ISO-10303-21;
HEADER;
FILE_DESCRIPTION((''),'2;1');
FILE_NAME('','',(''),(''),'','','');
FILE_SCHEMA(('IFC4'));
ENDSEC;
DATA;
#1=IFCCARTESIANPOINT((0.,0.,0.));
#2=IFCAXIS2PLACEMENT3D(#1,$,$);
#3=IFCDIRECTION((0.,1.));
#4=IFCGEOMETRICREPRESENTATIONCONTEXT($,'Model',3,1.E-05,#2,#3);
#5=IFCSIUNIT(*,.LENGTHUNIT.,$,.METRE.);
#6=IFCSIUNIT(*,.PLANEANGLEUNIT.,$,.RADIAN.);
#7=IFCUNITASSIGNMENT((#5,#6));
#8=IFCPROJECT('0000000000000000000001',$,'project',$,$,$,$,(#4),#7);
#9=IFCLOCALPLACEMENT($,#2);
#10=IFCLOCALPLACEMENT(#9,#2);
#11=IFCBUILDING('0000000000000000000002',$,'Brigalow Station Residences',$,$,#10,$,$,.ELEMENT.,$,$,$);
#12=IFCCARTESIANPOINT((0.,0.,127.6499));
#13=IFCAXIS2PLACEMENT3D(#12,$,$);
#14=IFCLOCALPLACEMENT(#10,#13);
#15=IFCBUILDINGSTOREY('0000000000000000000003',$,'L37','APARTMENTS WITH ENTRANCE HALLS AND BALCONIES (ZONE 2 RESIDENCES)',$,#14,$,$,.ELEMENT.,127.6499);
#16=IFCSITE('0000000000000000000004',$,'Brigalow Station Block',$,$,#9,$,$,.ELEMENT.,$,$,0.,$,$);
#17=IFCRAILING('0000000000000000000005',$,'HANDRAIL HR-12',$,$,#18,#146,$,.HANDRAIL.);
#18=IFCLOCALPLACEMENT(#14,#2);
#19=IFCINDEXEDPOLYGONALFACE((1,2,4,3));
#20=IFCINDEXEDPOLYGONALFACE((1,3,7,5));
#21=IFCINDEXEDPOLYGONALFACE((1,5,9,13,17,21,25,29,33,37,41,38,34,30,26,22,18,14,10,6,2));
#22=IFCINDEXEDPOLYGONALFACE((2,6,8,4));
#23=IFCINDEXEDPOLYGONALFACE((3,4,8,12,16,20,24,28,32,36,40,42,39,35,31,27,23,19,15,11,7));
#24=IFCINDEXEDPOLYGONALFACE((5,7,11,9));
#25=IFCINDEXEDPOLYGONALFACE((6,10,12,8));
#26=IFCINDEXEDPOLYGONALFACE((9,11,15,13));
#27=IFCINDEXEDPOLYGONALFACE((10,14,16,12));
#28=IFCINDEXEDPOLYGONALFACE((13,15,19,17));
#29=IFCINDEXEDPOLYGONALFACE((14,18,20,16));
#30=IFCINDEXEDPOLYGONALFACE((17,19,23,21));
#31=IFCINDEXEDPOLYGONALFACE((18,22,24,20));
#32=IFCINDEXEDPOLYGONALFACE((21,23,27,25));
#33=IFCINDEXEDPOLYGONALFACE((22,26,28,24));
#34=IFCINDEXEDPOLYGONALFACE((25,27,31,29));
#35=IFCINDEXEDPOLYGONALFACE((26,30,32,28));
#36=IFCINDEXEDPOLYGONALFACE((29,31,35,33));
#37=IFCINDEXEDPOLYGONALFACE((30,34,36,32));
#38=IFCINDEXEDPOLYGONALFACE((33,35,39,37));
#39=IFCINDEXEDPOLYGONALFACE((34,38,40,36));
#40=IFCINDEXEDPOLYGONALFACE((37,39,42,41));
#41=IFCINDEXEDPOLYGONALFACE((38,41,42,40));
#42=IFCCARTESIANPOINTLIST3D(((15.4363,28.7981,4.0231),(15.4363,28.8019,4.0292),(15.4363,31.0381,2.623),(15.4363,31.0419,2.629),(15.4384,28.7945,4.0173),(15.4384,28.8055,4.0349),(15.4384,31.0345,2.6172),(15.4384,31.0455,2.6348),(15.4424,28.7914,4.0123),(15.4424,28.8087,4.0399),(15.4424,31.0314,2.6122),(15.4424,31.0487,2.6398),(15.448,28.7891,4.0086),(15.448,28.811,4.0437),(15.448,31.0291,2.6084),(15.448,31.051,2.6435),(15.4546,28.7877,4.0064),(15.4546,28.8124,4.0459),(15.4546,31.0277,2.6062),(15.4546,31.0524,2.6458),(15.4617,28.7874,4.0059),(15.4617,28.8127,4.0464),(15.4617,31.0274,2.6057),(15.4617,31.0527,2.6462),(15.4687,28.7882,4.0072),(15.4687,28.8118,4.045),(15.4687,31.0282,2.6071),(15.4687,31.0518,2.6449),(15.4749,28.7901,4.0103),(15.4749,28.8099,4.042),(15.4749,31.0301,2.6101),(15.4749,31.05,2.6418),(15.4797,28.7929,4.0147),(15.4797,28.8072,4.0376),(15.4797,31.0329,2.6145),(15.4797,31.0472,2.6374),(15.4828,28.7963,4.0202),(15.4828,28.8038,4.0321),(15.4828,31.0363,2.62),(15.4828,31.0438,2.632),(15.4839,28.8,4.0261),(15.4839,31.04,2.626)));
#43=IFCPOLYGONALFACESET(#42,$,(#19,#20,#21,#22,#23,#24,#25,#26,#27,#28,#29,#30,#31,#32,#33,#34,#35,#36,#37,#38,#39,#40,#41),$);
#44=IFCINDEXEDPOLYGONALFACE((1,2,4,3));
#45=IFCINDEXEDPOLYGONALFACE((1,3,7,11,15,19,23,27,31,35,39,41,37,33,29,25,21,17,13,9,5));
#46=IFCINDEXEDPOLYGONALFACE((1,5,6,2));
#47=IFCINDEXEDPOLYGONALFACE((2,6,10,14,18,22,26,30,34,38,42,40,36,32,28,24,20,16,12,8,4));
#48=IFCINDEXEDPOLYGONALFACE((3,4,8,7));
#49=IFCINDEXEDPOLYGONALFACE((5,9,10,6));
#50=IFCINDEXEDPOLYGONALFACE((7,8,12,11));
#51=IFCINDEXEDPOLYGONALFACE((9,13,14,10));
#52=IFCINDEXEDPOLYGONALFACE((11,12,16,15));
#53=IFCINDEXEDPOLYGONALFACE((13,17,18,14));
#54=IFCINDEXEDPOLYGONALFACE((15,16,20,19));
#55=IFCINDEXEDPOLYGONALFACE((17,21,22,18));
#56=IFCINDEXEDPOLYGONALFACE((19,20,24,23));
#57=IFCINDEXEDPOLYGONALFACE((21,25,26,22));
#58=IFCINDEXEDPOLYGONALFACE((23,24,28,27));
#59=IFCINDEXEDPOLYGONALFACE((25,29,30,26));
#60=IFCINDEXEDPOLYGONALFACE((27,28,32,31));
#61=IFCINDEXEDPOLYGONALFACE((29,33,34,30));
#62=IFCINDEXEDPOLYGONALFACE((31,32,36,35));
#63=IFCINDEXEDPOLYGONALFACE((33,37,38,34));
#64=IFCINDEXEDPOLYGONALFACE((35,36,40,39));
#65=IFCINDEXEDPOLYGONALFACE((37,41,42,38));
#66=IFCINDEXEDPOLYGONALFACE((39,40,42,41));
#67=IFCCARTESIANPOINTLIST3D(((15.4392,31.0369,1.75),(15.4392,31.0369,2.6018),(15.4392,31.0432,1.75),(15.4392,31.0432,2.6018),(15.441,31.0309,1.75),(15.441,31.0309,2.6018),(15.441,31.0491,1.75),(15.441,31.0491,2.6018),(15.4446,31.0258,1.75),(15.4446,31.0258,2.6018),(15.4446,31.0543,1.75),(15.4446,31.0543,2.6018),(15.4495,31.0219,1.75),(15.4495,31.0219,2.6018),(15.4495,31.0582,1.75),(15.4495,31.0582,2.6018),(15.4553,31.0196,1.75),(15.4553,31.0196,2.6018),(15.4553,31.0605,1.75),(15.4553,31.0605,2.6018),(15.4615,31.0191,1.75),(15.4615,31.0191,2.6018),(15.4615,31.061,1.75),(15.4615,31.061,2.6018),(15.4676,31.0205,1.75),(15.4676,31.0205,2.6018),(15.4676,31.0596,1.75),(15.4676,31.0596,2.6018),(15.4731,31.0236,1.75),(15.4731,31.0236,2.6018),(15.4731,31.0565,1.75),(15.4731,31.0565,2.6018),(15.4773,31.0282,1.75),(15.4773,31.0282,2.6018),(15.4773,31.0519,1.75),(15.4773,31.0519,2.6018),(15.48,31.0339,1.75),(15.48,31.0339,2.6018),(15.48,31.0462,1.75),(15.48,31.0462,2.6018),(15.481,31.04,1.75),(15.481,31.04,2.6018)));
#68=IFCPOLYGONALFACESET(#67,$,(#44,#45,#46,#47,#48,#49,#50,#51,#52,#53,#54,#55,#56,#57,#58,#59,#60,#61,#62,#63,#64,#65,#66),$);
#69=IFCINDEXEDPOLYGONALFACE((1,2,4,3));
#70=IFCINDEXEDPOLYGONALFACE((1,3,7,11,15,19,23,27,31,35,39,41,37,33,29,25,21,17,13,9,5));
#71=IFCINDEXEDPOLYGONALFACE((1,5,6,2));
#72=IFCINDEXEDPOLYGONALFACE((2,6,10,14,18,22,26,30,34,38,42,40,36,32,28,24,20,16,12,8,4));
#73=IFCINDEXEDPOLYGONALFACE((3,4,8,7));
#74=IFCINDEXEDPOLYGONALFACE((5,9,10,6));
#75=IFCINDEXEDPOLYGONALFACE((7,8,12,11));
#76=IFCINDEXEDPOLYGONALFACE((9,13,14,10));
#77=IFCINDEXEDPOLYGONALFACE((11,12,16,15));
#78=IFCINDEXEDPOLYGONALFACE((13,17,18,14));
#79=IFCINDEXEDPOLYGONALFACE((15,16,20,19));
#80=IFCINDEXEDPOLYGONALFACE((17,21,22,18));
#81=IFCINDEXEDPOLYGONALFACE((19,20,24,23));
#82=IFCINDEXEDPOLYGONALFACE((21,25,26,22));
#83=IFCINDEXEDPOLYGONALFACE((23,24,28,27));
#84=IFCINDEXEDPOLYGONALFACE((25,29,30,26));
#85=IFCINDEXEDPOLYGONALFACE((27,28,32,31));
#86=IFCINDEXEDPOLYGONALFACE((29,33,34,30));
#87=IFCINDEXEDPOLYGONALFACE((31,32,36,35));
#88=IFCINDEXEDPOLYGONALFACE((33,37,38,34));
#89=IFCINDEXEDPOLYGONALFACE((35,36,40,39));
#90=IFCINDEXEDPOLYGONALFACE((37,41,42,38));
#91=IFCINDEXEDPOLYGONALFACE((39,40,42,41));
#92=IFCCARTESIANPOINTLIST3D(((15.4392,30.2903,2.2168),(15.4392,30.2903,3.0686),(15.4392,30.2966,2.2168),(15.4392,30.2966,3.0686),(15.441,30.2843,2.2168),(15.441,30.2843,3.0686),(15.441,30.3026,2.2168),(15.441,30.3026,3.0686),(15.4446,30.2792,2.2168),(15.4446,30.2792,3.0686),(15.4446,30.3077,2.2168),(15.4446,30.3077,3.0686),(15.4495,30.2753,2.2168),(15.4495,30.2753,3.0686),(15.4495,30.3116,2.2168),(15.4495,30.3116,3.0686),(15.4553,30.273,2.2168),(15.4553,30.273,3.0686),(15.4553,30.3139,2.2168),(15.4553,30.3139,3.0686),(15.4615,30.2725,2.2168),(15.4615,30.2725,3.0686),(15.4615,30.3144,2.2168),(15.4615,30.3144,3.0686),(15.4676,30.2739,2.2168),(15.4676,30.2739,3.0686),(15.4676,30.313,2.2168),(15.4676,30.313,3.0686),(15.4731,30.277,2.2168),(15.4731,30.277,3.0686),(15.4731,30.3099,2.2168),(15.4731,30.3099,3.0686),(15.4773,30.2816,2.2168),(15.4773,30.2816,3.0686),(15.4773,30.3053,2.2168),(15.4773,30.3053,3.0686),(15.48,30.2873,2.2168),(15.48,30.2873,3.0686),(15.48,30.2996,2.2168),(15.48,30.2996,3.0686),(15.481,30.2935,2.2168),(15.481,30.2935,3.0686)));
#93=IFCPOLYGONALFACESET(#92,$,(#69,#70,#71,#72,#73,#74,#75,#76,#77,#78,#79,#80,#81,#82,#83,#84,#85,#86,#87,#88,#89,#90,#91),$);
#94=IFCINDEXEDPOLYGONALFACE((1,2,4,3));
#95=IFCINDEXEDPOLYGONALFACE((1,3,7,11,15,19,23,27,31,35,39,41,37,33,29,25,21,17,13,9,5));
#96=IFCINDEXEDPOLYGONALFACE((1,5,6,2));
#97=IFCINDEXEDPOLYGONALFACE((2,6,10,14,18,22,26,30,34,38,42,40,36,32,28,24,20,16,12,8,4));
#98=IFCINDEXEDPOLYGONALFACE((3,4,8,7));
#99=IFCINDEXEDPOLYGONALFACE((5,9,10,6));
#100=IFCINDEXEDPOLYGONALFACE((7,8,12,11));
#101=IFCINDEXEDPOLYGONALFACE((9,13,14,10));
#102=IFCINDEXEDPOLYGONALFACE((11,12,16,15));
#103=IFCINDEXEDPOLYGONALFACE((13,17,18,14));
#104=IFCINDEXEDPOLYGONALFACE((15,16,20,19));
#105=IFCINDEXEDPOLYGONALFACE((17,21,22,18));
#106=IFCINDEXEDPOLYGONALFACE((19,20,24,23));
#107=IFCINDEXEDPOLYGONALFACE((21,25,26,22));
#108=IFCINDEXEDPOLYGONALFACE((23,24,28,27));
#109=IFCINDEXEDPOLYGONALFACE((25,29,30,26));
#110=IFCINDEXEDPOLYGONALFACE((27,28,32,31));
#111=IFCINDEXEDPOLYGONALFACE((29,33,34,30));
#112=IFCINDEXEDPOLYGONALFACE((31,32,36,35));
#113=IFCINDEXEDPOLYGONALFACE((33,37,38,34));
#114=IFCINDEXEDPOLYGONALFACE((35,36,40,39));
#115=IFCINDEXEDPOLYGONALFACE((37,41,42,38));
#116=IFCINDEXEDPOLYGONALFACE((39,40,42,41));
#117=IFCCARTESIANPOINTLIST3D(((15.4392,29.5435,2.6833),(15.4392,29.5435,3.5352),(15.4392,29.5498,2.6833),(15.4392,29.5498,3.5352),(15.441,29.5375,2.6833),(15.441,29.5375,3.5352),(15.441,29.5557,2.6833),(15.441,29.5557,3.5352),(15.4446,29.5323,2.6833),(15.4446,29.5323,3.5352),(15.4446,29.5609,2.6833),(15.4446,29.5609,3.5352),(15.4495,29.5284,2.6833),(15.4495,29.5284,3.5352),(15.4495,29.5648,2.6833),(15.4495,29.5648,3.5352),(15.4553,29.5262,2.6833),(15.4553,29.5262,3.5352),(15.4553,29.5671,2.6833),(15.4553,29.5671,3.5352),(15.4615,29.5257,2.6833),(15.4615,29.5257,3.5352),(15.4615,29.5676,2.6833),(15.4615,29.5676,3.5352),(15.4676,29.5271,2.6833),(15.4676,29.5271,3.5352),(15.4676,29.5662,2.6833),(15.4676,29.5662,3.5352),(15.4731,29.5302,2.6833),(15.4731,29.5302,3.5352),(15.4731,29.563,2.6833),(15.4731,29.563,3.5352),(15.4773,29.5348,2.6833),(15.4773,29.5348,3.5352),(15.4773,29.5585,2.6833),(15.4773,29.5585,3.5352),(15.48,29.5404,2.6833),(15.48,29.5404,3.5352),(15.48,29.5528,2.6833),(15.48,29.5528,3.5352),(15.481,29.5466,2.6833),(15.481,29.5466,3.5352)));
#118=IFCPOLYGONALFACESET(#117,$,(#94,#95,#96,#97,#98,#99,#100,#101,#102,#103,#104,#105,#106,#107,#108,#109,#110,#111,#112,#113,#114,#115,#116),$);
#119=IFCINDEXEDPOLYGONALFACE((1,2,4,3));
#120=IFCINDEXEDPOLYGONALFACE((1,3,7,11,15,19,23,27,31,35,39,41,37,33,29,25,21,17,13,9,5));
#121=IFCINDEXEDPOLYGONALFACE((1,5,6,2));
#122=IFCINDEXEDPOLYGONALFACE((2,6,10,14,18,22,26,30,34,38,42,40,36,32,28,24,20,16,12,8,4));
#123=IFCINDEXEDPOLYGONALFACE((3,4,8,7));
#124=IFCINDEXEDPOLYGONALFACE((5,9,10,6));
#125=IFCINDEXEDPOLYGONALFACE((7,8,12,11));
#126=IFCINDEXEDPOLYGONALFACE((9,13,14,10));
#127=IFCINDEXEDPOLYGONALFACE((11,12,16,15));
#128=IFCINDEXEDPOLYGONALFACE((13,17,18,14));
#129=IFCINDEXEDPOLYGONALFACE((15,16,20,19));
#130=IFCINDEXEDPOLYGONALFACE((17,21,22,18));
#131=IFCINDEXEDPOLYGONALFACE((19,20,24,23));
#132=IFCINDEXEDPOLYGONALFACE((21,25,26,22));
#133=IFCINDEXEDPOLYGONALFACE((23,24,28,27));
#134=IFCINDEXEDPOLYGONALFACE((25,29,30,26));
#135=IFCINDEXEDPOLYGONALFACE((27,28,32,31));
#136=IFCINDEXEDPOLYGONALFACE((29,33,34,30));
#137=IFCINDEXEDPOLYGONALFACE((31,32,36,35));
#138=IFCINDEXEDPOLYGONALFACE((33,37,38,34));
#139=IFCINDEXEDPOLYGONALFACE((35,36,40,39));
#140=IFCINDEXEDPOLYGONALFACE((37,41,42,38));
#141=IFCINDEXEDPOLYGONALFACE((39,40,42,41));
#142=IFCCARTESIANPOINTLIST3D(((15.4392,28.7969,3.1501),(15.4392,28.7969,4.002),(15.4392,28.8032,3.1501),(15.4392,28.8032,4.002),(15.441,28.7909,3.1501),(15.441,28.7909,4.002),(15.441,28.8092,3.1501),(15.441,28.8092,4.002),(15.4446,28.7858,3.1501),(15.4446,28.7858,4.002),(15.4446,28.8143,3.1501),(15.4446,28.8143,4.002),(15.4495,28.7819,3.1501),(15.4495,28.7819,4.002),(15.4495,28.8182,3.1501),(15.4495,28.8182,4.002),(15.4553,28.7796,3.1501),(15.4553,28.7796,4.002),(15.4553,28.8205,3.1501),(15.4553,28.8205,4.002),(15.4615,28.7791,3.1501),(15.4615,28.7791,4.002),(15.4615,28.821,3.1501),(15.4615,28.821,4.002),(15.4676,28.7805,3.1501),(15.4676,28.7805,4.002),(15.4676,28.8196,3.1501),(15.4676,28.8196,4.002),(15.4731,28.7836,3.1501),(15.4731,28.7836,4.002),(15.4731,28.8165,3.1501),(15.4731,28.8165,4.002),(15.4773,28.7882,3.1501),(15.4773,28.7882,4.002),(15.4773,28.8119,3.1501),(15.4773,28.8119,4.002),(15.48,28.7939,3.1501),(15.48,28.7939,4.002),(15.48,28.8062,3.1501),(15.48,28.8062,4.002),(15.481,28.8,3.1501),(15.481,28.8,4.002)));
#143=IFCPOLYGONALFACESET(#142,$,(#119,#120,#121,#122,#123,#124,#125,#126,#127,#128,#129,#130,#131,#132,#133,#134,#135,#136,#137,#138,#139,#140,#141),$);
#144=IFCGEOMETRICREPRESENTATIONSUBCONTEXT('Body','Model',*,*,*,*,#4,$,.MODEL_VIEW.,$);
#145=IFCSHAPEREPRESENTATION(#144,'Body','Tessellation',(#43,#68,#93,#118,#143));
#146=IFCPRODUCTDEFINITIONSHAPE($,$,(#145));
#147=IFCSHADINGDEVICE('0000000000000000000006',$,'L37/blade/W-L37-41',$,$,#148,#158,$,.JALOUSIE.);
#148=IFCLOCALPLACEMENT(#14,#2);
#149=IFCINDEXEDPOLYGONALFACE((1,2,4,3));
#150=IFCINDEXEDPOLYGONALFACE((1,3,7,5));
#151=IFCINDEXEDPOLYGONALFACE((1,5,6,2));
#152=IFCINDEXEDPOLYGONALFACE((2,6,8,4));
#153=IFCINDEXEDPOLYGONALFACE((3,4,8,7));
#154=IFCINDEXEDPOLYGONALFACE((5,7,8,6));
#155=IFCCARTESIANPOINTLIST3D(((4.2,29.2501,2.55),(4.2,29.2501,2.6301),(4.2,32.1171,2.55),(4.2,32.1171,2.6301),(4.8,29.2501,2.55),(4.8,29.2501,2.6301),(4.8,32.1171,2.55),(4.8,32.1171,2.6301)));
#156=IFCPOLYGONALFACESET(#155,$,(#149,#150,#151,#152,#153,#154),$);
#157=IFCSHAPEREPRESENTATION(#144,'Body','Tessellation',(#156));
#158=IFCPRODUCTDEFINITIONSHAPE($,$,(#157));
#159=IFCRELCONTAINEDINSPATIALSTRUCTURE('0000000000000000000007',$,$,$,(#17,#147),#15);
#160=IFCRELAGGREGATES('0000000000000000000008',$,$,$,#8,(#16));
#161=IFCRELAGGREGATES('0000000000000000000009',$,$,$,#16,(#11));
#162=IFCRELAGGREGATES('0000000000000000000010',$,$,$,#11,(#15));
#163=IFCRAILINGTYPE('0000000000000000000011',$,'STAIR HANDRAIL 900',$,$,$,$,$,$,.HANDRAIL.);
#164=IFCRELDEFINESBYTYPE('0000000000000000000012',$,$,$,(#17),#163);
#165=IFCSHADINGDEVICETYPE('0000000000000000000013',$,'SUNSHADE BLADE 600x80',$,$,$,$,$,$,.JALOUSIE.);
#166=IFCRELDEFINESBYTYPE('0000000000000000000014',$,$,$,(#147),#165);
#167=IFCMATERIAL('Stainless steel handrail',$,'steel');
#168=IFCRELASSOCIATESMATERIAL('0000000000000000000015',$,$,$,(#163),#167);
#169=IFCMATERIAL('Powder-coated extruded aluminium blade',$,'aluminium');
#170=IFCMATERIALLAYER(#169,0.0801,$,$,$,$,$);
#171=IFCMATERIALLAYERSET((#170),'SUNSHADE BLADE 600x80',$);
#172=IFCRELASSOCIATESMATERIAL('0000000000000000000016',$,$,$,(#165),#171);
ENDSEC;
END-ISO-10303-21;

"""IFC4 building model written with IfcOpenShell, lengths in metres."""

from ifc_helpers import new_model, si_unit, direction, frame, origin, origin_2d, place, context, subcontext, project, spatial, rectangle, circle, extrude, material, layer, layer_set, type_object, element, save


model = new_model("IFC4")

# Units and contexts
model_context = context("Model", 3, precision=1e-05, world=origin(), true_north=direction((0.0, 1.0)))
body_context = subcontext(model_context, "Body", "Model", "MODEL_VIEW")
ifc_project = project(units=[si_unit("LENGTHUNIT", "METRE"), si_unit("PLANEANGLEUNIT", "RADIAN")], contexts=[model_context])

# Site, building, storey
site_placement = place(None, origin())
site = spatial("IfcSite", under=ifc_project, at=site_placement, Name="Brigalow Station Block", CompositionType="ELEMENT", RefElevation=0.0)
building_placement = place(site_placement, origin())
building = spatial("IfcBuilding", under=site, at=building_placement, Name="Brigalow Station Residences", CompositionType="ELEMENT")
storey_placement = place(building_placement, frame((0.0, 0.0, 127.6499)))
storey = spatial("IfcBuildingStorey", under=building, at=storey_placement, Name="L37", Description="APARTMENTS WITH ENTRANCE HALLS AND BALCONIES (ZONE 2 RESIDENCES)", CompositionType="ELEMENT", Elevation=127.6499)

# Railing
ifc_material_1 = material(Name="Stainless steel handrail", Category="steel")
railing_type_1 = type_object("IfcRailingType", Name="STAIR HANDRAIL 900", PredefinedType="HANDRAIL", material=ifc_material_1)
railing_1_placement = place(storey_placement, frame((15.46, 31.04, 1.75)))
element("IfcRailing", 1, at=railing_1_placement, inside=storey, type_object=railing_type_1, Name="HANDRAIL HR-12", PredefinedType="HANDRAIL", context=body_context, shape_type="SweptSolid", body=[
    extrude(circle(Radius=0.0239, at=origin_2d()), frame((0.0, 0.0, 0.876), z_axis=(0.0, -0.847972, 0.53004), x_axis=(1.0, 0.0, 0.0)), (0.0, 0.0, 1.0), 2.6416),
    extrude(circle(Radius=0.021, at=origin_2d()), origin(), (0.0, 0.0, 1.0), 0.8518),
    extrude(circle(Radius=0.021, at=origin_2d()), frame((0.0, -0.7466, 0.4668)), (0.0, 0.0, 1.0), 0.8518),
    extrude(circle(Radius=0.021, at=origin_2d()), frame((0.0, -1.4934, 0.9333)), (0.0, 0.0, 1.0), 0.8518),
    extrude(circle(Radius=0.021, at=origin_2d()), frame((0.0, -2.24, 1.4001)), (0.0, 0.0, 1.0), 0.8518),
])

# Shading device
ifc_material_2 = material(Name="Powder-coated extruded aluminium blade", Category="aluminium")
ifc_layer_1 = layer(ifc_material_2, 0.0801)
ifc_layer_set_1 = layer_set([ifc_layer_1], Name="SUNSHADE BLADE 600x80")
shading_device_type = type_object("IfcShadingDeviceType", Name="SUNSHADE BLADE 600x80", PredefinedType="JALOUSIE", material=ifc_layer_set_1)
shading_device_placement = place(storey_placement, frame((4.5, 30.6836, 2.55), z_axis=(0.0, 0.0, 1.0), x_axis=(0.0, -1.0, 0.0)))
element("IfcShadingDevice", 2, at=shading_device_placement, inside=storey, type_object=shading_device_type, Name="L37/blade/W-L37-41", PredefinedType="JALOUSIE", context=body_context, shape_type="SweptSolid", body=[
    extrude(rectangle(XDim=2.8669, YDim=0.6001, at=origin_2d()), origin(), (0.0, 0.0, 1.0), 0.0801),
])

save(model, "model.ifc")
